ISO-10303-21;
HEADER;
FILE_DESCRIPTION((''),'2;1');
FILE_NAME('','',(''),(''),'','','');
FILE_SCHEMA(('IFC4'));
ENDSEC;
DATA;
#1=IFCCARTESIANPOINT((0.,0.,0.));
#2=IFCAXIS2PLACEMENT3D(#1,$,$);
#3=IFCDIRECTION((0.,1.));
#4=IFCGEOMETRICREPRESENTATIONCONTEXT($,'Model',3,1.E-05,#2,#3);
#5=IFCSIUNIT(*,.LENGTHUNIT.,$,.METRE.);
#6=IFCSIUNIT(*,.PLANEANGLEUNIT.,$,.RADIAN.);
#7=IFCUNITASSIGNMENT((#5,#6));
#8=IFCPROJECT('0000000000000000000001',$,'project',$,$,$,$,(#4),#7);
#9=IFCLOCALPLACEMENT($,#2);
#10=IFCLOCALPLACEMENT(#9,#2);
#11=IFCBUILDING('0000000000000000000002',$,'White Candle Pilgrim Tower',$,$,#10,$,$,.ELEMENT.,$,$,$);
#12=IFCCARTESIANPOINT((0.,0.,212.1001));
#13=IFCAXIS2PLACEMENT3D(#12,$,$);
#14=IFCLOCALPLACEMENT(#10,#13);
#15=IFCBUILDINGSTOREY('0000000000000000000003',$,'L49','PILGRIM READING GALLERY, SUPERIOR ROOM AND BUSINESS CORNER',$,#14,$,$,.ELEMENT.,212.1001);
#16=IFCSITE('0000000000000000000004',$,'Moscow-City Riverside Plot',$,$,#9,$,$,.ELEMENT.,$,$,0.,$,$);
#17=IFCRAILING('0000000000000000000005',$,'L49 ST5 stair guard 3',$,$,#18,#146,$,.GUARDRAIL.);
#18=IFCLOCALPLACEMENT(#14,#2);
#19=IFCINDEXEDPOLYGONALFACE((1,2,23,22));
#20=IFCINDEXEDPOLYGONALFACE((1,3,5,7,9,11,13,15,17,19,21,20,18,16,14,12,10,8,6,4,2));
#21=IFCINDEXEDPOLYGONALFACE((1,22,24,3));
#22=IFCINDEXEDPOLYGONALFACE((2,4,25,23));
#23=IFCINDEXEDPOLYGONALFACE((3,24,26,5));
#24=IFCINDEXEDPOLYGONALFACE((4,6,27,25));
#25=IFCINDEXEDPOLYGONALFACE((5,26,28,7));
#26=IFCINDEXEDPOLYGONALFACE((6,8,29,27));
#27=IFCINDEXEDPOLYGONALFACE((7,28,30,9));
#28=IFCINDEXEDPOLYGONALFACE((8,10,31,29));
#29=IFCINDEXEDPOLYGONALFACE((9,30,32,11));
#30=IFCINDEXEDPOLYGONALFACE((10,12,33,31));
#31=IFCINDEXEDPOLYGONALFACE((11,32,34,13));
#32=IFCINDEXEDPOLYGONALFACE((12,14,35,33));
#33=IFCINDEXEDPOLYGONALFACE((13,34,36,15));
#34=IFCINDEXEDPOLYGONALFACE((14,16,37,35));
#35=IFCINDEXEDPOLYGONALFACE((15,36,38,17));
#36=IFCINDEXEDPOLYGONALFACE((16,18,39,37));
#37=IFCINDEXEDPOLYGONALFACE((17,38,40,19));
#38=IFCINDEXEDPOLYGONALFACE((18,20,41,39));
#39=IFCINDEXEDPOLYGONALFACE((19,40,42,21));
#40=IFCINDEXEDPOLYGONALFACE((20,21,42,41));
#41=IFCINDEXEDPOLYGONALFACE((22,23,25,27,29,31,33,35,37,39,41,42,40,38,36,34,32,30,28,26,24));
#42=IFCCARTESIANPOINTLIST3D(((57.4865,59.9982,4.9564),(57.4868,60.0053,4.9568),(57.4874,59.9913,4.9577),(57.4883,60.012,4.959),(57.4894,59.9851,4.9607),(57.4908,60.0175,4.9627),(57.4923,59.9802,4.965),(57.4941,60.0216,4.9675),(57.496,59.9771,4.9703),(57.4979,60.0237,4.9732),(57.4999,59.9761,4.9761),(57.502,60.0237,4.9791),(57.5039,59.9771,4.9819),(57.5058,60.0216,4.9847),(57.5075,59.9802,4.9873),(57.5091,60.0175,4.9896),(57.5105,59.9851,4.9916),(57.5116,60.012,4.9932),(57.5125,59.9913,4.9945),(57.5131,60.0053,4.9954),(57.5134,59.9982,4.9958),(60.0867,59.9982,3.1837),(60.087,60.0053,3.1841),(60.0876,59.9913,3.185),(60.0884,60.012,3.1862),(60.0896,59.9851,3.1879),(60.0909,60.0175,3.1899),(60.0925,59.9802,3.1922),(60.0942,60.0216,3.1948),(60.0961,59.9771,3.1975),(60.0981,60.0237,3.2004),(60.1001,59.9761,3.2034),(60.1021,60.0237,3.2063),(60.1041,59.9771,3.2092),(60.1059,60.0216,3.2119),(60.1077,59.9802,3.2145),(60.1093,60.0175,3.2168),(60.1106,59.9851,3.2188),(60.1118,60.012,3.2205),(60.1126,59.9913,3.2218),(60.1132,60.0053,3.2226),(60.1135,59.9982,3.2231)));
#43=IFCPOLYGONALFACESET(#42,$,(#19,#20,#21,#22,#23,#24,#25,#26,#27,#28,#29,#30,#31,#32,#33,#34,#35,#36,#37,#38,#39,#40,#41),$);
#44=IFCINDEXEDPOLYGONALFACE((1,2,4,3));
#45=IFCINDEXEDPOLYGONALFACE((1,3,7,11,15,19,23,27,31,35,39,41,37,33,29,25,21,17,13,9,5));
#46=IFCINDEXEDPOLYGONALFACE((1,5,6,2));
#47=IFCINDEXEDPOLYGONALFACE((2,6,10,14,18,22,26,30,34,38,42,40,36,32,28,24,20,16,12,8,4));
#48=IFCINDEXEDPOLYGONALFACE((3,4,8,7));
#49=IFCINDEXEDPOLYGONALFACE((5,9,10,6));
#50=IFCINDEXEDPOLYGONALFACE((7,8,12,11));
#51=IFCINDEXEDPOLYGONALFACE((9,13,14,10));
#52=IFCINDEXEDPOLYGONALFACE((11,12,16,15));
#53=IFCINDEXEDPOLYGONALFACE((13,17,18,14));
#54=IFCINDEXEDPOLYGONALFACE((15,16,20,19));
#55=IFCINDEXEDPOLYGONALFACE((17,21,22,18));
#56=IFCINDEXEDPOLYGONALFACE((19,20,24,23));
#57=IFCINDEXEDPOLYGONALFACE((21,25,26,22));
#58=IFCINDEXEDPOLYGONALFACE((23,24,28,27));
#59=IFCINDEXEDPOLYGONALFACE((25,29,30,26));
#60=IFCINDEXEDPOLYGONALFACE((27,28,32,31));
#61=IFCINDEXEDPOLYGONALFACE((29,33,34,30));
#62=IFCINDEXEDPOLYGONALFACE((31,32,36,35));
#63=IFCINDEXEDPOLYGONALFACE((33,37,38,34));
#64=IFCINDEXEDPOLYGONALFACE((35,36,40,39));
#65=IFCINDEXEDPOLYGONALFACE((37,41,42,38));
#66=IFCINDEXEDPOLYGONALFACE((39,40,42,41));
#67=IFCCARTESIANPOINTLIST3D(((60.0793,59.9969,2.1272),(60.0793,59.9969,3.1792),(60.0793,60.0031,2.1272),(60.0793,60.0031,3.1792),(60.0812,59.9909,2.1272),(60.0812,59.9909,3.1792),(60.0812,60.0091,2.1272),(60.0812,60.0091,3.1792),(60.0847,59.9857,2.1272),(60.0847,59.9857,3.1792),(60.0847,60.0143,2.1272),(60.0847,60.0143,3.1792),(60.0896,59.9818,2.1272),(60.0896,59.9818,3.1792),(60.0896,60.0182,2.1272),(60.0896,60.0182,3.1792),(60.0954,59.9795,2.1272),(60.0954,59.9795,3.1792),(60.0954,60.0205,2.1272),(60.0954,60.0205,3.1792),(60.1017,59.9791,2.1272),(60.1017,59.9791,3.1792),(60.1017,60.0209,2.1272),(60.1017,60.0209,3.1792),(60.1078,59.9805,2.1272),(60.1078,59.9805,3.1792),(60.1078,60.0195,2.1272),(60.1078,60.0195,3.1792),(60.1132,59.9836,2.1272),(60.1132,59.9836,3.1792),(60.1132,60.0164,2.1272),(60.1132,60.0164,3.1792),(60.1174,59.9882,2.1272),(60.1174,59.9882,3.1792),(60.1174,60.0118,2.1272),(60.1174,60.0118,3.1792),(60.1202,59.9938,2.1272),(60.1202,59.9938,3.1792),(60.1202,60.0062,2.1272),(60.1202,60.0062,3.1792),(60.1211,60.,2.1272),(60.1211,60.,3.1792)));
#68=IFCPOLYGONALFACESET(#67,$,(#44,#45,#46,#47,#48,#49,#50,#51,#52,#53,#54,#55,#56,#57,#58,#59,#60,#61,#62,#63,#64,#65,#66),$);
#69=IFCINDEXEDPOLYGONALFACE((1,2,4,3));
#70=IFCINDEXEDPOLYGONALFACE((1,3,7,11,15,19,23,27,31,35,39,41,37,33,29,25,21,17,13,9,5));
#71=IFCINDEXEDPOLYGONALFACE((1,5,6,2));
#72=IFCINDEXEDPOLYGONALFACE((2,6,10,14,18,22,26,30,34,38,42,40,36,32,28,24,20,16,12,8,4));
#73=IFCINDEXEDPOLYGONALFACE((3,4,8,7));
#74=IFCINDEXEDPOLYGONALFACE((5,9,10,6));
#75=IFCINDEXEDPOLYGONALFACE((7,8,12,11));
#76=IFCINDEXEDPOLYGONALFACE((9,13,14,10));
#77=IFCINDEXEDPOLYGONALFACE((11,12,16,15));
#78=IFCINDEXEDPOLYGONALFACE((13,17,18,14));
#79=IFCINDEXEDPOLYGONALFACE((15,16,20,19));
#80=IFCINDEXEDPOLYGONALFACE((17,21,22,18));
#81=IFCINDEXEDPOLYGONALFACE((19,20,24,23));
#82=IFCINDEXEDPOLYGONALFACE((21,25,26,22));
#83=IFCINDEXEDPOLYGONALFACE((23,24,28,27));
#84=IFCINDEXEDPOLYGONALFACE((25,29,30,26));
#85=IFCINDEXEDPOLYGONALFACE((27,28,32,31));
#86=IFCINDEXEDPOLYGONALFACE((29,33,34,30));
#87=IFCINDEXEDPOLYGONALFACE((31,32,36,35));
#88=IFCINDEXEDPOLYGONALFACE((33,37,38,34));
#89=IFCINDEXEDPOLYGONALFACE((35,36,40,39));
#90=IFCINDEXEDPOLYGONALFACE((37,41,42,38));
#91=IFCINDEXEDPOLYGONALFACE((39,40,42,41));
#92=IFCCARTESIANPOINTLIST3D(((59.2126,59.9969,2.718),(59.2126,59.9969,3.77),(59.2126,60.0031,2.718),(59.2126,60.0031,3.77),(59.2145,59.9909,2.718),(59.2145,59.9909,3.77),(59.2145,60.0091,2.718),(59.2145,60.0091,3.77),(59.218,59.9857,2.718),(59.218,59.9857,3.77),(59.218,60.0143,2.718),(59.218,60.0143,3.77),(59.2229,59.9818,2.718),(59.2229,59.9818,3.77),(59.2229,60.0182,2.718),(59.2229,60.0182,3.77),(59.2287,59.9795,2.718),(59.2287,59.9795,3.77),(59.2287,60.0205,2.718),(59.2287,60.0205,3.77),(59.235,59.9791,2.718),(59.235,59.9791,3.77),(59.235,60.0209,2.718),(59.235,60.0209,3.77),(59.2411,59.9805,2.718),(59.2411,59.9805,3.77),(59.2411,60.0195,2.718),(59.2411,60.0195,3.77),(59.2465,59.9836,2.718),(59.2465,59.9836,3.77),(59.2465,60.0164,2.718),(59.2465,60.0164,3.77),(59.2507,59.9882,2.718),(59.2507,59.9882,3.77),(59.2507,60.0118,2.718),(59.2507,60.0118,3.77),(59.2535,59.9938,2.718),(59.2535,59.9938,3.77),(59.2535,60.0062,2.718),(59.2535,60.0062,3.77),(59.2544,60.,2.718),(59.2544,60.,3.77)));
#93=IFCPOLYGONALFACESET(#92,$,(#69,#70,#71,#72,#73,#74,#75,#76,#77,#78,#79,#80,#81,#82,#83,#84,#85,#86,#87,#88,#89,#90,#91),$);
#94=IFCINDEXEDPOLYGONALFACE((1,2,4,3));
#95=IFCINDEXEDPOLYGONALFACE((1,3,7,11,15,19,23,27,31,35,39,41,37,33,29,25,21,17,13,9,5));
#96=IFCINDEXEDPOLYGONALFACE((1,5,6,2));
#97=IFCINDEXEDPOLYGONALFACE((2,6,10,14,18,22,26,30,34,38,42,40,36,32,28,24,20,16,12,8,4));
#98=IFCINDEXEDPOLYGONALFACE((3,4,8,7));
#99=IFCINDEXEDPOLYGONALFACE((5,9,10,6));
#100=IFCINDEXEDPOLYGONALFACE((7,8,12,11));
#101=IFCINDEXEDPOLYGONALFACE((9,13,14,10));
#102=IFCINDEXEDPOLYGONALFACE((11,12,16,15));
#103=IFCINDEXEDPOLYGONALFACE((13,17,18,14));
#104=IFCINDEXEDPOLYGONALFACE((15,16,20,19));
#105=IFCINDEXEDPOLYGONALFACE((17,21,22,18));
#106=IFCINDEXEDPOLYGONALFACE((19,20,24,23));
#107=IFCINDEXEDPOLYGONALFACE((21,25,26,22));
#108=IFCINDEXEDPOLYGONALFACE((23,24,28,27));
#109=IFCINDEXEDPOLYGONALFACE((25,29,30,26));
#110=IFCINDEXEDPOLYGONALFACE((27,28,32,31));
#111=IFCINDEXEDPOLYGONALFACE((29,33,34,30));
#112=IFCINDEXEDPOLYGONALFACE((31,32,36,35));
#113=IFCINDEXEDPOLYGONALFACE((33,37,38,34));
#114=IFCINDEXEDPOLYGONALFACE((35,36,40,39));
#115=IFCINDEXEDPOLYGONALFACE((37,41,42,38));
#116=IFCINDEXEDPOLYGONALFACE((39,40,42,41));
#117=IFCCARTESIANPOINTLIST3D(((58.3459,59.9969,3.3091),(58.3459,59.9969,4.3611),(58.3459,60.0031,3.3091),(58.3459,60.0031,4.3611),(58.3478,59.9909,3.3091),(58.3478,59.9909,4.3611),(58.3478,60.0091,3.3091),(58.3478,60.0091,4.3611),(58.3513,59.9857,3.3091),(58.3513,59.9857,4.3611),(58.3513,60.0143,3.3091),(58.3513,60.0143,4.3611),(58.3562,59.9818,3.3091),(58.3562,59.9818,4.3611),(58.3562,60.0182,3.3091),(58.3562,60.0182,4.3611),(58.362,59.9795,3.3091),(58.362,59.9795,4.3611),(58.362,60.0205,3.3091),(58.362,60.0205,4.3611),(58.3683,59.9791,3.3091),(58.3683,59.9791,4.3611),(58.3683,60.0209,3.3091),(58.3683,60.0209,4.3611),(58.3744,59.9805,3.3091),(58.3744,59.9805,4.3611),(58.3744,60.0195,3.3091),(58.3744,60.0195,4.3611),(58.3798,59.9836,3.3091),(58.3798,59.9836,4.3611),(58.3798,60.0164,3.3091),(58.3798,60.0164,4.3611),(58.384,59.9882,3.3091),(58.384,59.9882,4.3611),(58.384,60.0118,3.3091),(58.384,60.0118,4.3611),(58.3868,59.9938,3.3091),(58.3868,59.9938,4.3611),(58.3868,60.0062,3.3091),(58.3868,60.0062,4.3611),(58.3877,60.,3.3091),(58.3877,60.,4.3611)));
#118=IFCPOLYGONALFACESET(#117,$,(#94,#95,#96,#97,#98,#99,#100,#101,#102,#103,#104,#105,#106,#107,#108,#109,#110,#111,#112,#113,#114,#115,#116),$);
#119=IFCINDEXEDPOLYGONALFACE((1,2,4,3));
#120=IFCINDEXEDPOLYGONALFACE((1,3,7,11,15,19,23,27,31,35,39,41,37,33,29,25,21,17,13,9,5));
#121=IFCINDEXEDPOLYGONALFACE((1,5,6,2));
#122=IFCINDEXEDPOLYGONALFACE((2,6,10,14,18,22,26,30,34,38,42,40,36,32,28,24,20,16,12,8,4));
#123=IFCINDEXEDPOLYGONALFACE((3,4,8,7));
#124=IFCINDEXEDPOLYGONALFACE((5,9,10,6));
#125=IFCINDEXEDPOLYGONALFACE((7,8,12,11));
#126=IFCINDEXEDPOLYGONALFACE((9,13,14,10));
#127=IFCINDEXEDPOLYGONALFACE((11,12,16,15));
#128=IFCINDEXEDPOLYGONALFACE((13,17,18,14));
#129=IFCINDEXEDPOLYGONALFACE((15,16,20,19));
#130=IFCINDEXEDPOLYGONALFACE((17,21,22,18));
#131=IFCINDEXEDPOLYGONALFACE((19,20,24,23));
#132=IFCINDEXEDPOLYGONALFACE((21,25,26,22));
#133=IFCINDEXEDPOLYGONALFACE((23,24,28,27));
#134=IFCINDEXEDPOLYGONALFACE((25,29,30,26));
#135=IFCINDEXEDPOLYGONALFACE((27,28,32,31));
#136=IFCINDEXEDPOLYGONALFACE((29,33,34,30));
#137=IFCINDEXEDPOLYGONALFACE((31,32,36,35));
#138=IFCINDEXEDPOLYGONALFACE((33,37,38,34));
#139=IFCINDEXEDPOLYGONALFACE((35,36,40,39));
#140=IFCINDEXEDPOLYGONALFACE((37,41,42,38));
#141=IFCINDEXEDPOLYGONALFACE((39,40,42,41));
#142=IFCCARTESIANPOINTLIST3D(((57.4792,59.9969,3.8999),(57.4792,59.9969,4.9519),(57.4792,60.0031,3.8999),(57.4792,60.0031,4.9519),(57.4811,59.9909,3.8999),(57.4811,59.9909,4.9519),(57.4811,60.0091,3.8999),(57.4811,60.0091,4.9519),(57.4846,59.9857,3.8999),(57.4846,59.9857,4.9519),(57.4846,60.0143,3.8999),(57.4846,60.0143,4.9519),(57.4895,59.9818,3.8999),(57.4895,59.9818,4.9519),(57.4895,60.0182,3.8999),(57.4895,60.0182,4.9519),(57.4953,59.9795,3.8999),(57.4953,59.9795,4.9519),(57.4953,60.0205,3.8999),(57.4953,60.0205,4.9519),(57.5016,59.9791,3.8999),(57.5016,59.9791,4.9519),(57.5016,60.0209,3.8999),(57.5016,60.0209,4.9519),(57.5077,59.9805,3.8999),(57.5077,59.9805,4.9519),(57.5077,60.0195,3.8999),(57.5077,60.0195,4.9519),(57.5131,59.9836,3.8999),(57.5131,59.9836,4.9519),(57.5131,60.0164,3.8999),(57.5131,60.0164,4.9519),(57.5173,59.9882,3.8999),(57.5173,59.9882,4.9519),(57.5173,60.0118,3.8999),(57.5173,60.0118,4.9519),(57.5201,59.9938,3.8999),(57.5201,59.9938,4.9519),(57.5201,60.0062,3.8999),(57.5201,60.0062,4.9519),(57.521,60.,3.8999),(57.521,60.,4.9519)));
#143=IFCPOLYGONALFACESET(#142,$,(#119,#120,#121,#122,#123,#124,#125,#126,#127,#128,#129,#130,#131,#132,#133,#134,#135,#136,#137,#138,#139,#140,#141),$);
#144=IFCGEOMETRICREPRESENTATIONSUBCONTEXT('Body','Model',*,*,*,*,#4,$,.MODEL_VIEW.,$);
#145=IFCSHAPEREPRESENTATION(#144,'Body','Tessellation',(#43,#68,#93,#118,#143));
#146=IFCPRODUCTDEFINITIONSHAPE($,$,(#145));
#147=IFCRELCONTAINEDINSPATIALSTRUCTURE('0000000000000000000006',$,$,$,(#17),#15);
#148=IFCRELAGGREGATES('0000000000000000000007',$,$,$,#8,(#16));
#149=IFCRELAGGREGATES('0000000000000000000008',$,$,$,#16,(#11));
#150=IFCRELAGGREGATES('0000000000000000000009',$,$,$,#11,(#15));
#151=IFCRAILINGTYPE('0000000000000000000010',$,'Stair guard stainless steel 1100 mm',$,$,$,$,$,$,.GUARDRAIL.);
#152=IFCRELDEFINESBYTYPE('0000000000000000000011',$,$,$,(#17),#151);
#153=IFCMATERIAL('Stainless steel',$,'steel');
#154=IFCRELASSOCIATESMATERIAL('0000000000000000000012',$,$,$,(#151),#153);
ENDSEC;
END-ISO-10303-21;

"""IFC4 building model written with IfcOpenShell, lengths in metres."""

from ifc_helpers import new_model, si_unit, direction, frame, origin, origin_2d, place, context, subcontext, project, spatial, circle, extrude, material, type_object, element, save


model = new_model("IFC4")

# Units and contexts
model_context = context("Model", 3, precision=1e-05, world=origin(), true_north=direction((0.0, 1.0)))
body_context = subcontext(model_context, "Body", "Model", "MODEL_VIEW")
ifc_project = project(units=[si_unit("LENGTHUNIT", "METRE"), si_unit("PLANEANGLEUNIT", "RADIAN")], contexts=[model_context])

# Site, building, storey
site_placement = place(None, origin())
site = spatial("IfcSite", under=ifc_project, at=site_placement, Name="Moscow-City Riverside Plot", CompositionType="ELEMENT", RefElevation=0.0)
building_placement = place(site_placement, origin())
building = spatial("IfcBuilding", under=site, at=building_placement, Name="White Candle Pilgrim Tower", CompositionType="ELEMENT")
storey_placement = place(building_placement, frame((0.0, 0.0, 212.1001)))
storey = spatial("IfcBuildingStorey", under=building, at=storey_placement, Name="L49", Description="PILGRIM READING GALLERY, SUPERIOR ROOM AND BUSINESS CORNER", CompositionType="ELEMENT", Elevation=212.1001)

# Railing
ifc_material_1 = material(Name="Stainless steel", Category="steel")
railing_type_1 = type_object("IfcRailingType", Name="Stair guard stainless steel 1100 mm", PredefinedType="GUARDRAIL", material=ifc_material_1)
railing_1_placement = place(storey_placement, frame((60.1001, 60.0, 2.1272)))
element("IfcRailing", 1, at=railing_1_placement, inside=storey, type_object=railing_type_1, Name="L49 ST5 stair guard 3", PredefinedType="GUARDRAIL", context=body_context, shape_type="SweptSolid", body=[
    extrude(circle(Radius=0.0239, at=origin_2d()), frame((0.0, 0.0, 1.0762), z_axis=(-0.82624, 0.0, 0.563318), x_axis=(0.0, -1.0, 0.0)), (0.0, 0.0, 1.0), 3.147),
    extrude(circle(Radius=0.021, at=origin_2d()), origin(), (0.0, 0.0, 1.0), 1.052),
    extrude(circle(Radius=0.021, at=origin_2d()), frame((-0.8667, 0.0, 0.5908)), (0.0, 0.0, 1.0), 1.052),
    extrude(circle(Radius=0.021, at=origin_2d()), frame((-1.7334, 0.0, 1.1819)), (0.0, 0.0, 1.0), 1.052),
    extrude(circle(Radius=0.021, at=origin_2d()), frame((-2.6001, 0.0, 1.7727)), (0.0, 0.0, 1.0), 1.052),
])

save(model, "model.ifc")
